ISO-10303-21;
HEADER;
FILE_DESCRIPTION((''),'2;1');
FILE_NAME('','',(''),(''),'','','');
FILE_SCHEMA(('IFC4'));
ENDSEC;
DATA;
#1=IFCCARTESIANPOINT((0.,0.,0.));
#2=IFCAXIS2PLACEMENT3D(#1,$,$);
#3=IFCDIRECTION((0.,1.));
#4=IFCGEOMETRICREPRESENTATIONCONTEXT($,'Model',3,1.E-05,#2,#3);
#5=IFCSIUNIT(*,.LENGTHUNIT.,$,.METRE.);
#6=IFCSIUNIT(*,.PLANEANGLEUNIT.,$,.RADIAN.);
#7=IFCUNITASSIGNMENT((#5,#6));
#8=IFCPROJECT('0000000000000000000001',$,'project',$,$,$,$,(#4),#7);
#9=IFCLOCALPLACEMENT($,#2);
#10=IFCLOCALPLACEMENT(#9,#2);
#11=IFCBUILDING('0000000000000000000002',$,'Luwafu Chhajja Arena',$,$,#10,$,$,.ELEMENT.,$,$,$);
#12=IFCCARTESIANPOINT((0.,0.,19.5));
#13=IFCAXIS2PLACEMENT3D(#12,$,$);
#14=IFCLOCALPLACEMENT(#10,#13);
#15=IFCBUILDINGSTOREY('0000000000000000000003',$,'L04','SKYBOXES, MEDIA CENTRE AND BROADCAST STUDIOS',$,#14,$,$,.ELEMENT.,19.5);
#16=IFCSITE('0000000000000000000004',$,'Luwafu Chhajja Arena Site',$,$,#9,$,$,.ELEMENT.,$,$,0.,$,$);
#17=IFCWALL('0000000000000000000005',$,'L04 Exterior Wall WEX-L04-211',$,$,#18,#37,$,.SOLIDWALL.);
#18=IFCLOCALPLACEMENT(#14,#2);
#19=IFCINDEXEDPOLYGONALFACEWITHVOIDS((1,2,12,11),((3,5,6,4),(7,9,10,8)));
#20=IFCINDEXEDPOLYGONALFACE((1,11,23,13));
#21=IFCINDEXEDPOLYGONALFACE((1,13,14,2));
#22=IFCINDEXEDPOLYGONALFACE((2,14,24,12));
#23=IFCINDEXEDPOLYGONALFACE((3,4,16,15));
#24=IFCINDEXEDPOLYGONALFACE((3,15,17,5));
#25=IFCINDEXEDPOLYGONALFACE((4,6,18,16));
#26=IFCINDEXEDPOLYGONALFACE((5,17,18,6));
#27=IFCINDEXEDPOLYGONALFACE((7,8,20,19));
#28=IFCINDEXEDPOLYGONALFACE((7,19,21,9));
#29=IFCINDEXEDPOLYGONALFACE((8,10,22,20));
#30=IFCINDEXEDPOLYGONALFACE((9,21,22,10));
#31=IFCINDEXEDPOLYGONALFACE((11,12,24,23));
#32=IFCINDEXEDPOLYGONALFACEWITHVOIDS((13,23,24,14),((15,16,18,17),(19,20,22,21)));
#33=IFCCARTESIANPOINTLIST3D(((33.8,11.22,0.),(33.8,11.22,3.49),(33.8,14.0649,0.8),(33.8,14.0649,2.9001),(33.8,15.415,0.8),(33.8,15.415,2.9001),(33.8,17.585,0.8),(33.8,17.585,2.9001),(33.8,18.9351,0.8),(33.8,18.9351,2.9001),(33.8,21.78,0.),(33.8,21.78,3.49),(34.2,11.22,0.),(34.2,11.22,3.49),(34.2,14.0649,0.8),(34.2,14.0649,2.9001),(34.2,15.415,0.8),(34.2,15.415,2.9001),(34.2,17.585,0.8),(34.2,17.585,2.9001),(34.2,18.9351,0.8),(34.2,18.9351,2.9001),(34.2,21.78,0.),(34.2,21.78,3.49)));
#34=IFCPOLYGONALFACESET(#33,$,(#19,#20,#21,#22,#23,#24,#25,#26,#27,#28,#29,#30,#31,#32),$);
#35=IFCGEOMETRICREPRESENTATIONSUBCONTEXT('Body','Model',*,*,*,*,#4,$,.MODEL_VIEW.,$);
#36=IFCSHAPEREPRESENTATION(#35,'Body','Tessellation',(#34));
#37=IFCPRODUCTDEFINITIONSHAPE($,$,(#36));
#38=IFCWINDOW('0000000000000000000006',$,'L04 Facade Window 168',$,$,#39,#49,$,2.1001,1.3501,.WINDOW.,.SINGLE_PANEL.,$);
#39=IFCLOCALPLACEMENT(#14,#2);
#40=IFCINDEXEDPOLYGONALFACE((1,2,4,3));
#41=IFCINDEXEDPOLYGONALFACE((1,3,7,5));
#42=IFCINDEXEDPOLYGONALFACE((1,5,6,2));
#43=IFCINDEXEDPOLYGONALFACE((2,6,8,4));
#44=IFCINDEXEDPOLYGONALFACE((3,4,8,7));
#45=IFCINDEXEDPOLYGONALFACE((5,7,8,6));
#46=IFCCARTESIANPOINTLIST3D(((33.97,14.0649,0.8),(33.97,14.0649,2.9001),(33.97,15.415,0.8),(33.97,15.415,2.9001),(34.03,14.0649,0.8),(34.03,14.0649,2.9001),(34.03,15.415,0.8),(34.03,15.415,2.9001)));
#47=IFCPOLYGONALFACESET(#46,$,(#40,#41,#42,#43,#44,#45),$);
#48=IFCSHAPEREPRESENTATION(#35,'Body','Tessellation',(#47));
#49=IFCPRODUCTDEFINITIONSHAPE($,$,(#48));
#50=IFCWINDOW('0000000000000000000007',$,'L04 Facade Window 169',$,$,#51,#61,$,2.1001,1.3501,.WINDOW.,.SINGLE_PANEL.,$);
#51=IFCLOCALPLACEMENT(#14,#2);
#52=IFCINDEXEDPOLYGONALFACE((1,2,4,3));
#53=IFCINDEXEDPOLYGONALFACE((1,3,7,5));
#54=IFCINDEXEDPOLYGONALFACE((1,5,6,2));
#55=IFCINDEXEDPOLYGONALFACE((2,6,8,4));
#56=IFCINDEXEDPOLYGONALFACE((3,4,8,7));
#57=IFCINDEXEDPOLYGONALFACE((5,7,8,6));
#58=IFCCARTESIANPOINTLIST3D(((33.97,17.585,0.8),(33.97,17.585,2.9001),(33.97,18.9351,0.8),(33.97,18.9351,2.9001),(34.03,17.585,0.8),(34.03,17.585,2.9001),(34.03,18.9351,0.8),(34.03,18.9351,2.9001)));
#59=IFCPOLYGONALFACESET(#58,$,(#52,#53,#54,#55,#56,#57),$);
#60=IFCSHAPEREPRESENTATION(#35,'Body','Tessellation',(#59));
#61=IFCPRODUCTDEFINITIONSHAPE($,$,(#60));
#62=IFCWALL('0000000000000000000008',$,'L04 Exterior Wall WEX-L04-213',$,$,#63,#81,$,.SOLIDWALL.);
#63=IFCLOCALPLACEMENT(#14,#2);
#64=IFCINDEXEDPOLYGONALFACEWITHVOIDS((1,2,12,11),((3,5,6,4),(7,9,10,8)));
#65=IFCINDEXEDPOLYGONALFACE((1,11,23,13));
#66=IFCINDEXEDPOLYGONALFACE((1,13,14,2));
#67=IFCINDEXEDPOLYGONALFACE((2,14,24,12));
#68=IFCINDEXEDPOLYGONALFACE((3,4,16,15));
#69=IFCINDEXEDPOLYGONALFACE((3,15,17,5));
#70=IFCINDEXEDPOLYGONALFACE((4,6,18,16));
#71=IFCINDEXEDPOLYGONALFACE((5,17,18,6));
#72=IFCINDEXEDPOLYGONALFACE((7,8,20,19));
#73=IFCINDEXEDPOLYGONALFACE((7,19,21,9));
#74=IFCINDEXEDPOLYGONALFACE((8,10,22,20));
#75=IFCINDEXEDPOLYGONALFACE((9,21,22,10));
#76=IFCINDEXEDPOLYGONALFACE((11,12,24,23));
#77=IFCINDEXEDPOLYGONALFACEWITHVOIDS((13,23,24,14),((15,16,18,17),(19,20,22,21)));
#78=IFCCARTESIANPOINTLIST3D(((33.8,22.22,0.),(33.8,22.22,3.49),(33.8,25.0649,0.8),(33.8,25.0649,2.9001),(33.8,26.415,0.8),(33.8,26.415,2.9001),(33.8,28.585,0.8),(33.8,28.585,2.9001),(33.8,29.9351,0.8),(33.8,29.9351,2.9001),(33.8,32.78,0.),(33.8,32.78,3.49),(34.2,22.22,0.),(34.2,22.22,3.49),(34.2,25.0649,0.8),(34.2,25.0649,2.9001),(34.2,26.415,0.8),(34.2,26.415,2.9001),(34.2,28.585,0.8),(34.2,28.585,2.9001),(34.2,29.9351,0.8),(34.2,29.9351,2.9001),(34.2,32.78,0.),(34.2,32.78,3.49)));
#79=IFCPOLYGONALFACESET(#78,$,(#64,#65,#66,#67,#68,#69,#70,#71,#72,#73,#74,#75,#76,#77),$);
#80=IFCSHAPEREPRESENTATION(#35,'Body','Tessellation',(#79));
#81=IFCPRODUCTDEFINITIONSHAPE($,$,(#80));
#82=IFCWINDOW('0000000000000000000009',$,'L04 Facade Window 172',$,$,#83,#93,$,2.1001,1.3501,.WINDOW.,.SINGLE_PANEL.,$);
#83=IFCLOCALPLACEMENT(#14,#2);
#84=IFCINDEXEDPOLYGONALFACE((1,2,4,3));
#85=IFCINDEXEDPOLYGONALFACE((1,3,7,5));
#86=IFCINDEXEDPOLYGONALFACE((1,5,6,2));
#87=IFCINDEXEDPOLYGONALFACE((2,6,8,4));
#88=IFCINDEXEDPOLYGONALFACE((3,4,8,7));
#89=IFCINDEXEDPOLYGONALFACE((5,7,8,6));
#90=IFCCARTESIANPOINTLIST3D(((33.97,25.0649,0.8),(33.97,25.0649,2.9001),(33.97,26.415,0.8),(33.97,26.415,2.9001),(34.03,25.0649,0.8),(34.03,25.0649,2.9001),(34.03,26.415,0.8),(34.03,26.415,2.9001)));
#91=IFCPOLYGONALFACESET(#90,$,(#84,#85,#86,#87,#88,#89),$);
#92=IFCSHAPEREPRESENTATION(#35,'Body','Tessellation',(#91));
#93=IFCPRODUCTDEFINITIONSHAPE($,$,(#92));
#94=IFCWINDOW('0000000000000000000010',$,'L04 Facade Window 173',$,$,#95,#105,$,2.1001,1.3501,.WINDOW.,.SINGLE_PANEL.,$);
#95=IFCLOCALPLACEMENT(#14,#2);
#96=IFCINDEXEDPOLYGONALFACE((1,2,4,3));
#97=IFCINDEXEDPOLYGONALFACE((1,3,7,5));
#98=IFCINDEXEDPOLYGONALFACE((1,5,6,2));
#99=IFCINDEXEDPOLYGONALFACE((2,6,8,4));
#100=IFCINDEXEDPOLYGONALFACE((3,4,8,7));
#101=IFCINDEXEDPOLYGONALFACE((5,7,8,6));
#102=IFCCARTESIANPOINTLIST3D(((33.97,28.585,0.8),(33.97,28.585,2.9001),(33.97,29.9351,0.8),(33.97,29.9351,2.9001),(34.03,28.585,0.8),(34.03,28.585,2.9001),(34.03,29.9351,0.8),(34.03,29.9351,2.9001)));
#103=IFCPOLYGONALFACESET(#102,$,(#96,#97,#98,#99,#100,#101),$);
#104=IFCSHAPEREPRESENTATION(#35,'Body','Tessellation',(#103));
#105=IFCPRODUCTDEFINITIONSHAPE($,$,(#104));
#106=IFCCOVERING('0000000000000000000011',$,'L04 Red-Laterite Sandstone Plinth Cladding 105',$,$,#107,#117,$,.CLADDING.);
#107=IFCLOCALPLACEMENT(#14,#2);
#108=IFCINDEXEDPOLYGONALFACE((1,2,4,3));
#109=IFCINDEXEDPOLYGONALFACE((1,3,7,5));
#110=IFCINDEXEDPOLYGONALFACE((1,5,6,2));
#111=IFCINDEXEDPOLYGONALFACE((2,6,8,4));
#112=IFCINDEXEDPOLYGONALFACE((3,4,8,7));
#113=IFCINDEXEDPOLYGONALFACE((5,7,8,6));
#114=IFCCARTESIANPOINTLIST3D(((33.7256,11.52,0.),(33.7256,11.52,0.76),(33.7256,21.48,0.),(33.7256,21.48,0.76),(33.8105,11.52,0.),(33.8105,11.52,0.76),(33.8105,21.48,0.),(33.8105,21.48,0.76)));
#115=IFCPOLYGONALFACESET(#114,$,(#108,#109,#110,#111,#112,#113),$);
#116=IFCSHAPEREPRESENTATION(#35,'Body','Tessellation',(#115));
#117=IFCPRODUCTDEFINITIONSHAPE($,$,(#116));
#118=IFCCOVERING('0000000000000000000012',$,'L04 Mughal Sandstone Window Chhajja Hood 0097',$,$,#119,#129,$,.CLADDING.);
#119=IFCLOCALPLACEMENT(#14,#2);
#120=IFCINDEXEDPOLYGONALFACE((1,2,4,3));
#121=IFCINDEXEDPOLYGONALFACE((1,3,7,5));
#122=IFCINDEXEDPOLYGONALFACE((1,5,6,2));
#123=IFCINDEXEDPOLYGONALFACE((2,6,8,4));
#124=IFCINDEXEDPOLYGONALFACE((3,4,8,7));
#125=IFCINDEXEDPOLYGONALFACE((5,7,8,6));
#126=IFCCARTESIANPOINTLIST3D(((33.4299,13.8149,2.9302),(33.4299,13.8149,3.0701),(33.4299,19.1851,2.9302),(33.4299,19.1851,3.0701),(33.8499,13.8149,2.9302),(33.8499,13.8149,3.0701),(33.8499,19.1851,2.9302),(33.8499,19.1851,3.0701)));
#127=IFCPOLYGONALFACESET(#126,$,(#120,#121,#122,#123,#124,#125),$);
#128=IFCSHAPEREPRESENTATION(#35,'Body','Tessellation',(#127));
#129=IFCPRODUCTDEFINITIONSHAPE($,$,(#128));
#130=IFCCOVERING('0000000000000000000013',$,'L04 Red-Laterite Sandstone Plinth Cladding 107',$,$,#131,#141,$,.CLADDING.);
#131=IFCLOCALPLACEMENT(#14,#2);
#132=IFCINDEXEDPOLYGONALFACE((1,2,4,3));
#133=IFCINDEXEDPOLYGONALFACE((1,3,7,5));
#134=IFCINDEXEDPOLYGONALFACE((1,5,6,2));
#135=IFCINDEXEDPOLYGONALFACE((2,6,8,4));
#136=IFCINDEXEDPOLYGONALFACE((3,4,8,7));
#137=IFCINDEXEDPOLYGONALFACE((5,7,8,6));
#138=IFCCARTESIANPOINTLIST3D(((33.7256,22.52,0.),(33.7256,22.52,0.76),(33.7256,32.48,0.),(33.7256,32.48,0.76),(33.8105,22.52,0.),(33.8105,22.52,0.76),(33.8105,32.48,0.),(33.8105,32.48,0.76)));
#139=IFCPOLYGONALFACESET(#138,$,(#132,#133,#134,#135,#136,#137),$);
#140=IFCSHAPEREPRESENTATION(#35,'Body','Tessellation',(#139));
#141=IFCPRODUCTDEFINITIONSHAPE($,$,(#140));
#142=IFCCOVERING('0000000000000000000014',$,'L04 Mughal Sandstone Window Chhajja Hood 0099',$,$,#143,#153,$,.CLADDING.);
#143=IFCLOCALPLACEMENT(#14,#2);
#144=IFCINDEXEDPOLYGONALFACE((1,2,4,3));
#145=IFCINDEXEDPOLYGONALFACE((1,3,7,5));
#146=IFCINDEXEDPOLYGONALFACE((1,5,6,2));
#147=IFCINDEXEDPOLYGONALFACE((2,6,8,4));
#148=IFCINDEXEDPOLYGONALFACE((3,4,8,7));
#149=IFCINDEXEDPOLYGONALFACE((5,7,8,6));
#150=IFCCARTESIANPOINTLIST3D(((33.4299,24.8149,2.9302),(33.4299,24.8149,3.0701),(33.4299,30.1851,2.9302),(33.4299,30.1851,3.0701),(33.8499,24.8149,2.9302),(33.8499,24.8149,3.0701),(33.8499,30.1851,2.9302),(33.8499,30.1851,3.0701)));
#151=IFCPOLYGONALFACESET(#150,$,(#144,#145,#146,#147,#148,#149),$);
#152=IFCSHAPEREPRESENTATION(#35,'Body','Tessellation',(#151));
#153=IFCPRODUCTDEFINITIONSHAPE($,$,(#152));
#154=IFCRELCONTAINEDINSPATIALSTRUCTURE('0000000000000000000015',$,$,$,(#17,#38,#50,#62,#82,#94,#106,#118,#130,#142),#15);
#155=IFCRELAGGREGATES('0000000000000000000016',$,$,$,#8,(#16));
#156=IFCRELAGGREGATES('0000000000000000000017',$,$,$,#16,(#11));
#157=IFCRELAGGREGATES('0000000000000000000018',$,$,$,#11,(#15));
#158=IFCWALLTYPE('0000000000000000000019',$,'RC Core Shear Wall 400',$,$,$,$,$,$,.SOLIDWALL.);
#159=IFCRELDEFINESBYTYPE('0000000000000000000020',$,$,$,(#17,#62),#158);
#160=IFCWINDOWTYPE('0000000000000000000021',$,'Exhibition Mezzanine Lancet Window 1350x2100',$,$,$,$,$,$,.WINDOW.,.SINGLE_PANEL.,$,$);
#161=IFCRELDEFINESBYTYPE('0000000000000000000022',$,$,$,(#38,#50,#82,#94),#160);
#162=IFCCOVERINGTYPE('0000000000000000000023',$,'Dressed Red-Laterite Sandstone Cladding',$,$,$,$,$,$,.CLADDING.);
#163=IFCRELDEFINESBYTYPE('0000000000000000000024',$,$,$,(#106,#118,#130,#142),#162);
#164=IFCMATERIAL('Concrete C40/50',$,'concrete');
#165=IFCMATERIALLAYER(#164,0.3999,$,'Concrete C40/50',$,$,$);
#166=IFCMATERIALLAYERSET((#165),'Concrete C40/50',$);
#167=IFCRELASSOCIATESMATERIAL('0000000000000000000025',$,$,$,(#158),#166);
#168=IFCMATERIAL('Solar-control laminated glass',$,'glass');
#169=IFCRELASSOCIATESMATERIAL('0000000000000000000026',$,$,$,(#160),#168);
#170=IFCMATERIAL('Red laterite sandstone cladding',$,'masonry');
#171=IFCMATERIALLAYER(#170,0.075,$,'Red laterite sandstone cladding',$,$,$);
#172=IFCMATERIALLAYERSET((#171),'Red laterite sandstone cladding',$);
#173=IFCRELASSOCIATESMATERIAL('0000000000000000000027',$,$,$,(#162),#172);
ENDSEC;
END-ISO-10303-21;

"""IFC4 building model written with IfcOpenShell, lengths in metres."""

from ifc_helpers import new_model, si_unit, direction, frame, frame_2d, origin, origin_2d, place, context, subcontext, project, spatial, rectangle, extrude, material, layer, layer_set, type_object, element, fill, save


model = new_model("IFC4")

# Units and contexts
model_context = context("Model", 3, precision=1e-05, world=origin(), true_north=direction((0.0, 1.0)))
body_context = subcontext(model_context, "Body", "Model", "MODEL_VIEW")
ifc_project = project(units=[si_unit("LENGTHUNIT", "METRE"), si_unit("PLANEANGLEUNIT", "RADIAN")], contexts=[model_context])

# Site, building, storey
site_placement = place(None, origin())
site = spatial("IfcSite", under=ifc_project, at=site_placement, Name="Luwafu Chhajja Arena Site", CompositionType="ELEMENT", RefElevation=0.0)
building_placement = place(site_placement, origin())
building = spatial("IfcBuilding", under=site, at=building_placement, Name="Luwafu Chhajja Arena", CompositionType="ELEMENT")
storey_placement = place(building_placement, frame((0.0, 0.0, 19.5)))
storey = spatial("IfcBuildingStorey", under=building, at=storey_placement, Name="L04", Description="SKYBOXES, MEDIA CENTRE AND BROADCAST STUDIOS", CompositionType="ELEMENT", Elevation=19.5)

# Shared definitions
ifc_material_1 = material(Name="Solar-control laminated glass", Category="glass")

# Walls, openings, windows
ifc_material_2 = material(Name="Concrete C40/50", Category="concrete")
ifc_layer_1 = layer(ifc_material_2, 0.3999, Name="Concrete C40/50")
ifc_layer_set_1 = layer_set([ifc_layer_1], Name="Concrete C40/50")
wall_type = type_object("IfcWallType", Name="RC Core Shear Wall 400", PredefinedType="SOLIDWALL", material=ifc_layer_set_1)
wall_1_placement = place(storey_placement, frame((34.0, 11.22, 0.0), z_axis=(0.0, 0.0, 1.0), x_axis=(0.0, 1.0, 0.0)))
wall_1 = element("IfcWall", 1, at=wall_1_placement, inside=storey, type_object=wall_type, Name="L04 Exterior Wall WEX-L04-211", PredefinedType="SOLIDWALL", context=body_context, shape_type="SweptSolid", body=[
    extrude(rectangle(XDim=10.5601, YDim=0.3999, at=frame_2d((5.28, 0.0))), origin(), (0.0, 0.0, 1.0), 3.49),
])
opening_1_placement = place(wall_1_placement, frame((2.845, 0.0, 0.8)))
opening_1 = element("IfcOpeningElement", 2, at=opening_1_placement, cuts=wall_1, PredefinedType="OPENING", context=body_context, shape_type="SweptSolid", body=[
    extrude(rectangle(XDim=1.3501, YDim=2.1001, at=frame_2d((0.675, 1.05))), frame((0.0, 0.21, 0.0), z_axis=(0.0, -1.0, 0.0), x_axis=(1.0, 0.0, 0.0)), (0.0, 0.0, 1.0), 0.4199),
])
opening_2_placement = place(wall_1_placement, frame((6.365, 0.0, 0.8)))
opening_2 = element("IfcOpeningElement", 3, at=opening_2_placement, cuts=wall_1, PredefinedType="OPENING", context=body_context, shape_type="SweptSolid", body=[
    extrude(rectangle(XDim=1.3501, YDim=2.1001, at=frame_2d((0.675, 1.05))), frame((0.0, 0.21, 0.0), z_axis=(0.0, -1.0, 0.0), x_axis=(1.0, 0.0, 0.0)), (0.0, 0.0, 1.0), 0.4199),
])
window_type_1 = type_object("IfcWindowType", Name="Exhibition Mezzanine Lancet Window 1350x2100", PartitioningType="SINGLE_PANEL", PredefinedType="WINDOW", material=ifc_material_1)
window_1_placement = place(opening_1_placement, origin())
window_1 = element("IfcWindow", 4, at=window_1_placement, inside=storey, type_object=window_type_1, Name="L04 Facade Window 168", OverallHeight=2.1001, OverallWidth=1.3501, PartitioningType="SINGLE_PANEL", PredefinedType="WINDOW", context=body_context, shape_type="SweptSolid", body=[
    extrude(rectangle(XDim=1.3501, YDim=2.1001, at=frame_2d((0.675, 1.05))), frame((0.0, 0.03, 0.0), z_axis=(0.0, -1.0, 0.0), x_axis=(1.0, 0.0, 0.0)), (0.0, 0.0, 1.0), 0.0601),
])
fill(opening_1, window_1)
window_2_placement = place(opening_2_placement, origin())
window_2 = element("IfcWindow", 5, at=window_2_placement, inside=storey, type_object=window_type_1, Name="L04 Facade Window 169", OverallHeight=2.1001, OverallWidth=1.3501, PartitioningType="SINGLE_PANEL", PredefinedType="WINDOW", context=body_context, shape_type="SweptSolid", body=[
    extrude(rectangle(XDim=1.3501, YDim=2.1001, at=frame_2d((0.675, 1.05))), frame((0.0, 0.03, 0.0), z_axis=(0.0, -1.0, 0.0), x_axis=(1.0, 0.0, 0.0)), (0.0, 0.0, 1.0), 0.0601),
])
fill(opening_2, window_2)
wall_2_placement = place(storey_placement, frame((34.0, 22.22, 0.0), z_axis=(0.0, 0.0, 1.0), x_axis=(0.0, 1.0, 0.0)))
wall_2 = element("IfcWall", 6, at=wall_2_placement, inside=storey, type_object=wall_type, Name="L04 Exterior Wall WEX-L04-213", PredefinedType="SOLIDWALL", context=body_context, shape_type="SweptSolid", body=[
    extrude(rectangle(XDim=10.5601, YDim=0.3999, at=frame_2d((5.28, 0.0))), origin(), (0.0, 0.0, 1.0), 3.49),
])
opening_3_placement = place(wall_2_placement, frame((2.845, 0.0, 0.8)))
opening_3 = element("IfcOpeningElement", 7, at=opening_3_placement, cuts=wall_2, PredefinedType="OPENING", context=body_context, shape_type="SweptSolid", body=[
    extrude(rectangle(XDim=1.3501, YDim=2.1001, at=frame_2d((0.675, 1.05))), frame((0.0, 0.21, 0.0), z_axis=(0.0, -1.0, 0.0), x_axis=(1.0, 0.0, 0.0)), (0.0, 0.0, 1.0), 0.4199),
])
opening_4_placement = place(wall_2_placement, frame((6.365, 0.0, 0.8)))
opening_4 = element("IfcOpeningElement", 8, at=opening_4_placement, cuts=wall_2, PredefinedType="OPENING", context=body_context, shape_type="SweptSolid", body=[
    extrude(rectangle(XDim=1.3501, YDim=2.1001, at=frame_2d((0.675, 1.05))), frame((0.0, 0.21, 0.0), z_axis=(0.0, -1.0, 0.0), x_axis=(1.0, 0.0, 0.0)), (0.0, 0.0, 1.0), 0.4199),
])
window_3_placement = place(opening_3_placement, origin())
window_3 = element("IfcWindow", 9, at=window_3_placement, inside=storey, type_object=window_type_1, Name="L04 Facade Window 172", OverallHeight=2.1001, OverallWidth=1.3501, PartitioningType="SINGLE_PANEL", PredefinedType="WINDOW", context=body_context, shape_type="SweptSolid", body=[
    extrude(rectangle(XDim=1.3501, YDim=2.1001, at=frame_2d((0.675, 1.05))), frame((0.0, 0.03, 0.0), z_axis=(0.0, -1.0, 0.0), x_axis=(1.0, 0.0, 0.0)), (0.0, 0.0, 1.0), 0.0601),
])
fill(opening_3, window_3)
window_4_placement = place(opening_4_placement, origin())
window_4 = element("IfcWindow", 10, at=window_4_placement, inside=storey, type_object=window_type_1, Name="L04 Facade Window 173", OverallHeight=2.1001, OverallWidth=1.3501, PartitioningType="SINGLE_PANEL", PredefinedType="WINDOW", context=body_context, shape_type="SweptSolid", body=[
    extrude(rectangle(XDim=1.3501, YDim=2.1001, at=frame_2d((0.675, 1.05))), frame((0.0, 0.03, 0.0), z_axis=(0.0, -1.0, 0.0), x_axis=(1.0, 0.0, 0.0)), (0.0, 0.0, 1.0), 0.0601),
])
fill(opening_4, window_4)

# Coverings
ifc_material_3 = material(Name="Red laterite sandstone cladding", Category="masonry")
ifc_layer_2 = layer(ifc_material_3, 0.075, Name="Red laterite sandstone cladding")
ifc_layer_set_2 = layer_set([ifc_layer_2], Name="Red laterite sandstone cladding")
covering_type = type_object("IfcCoveringType", Name="Dressed Red-Laterite Sandstone Cladding", PredefinedType="CLADDING", material=ifc_layer_set_2)
covering_1_placement = place(storey_placement, frame((33.7681, 16.5, 0.0), z_axis=(0.0, 0.0, 1.0), x_axis=(0.0, 1.0, 0.0)))
element("IfcCovering", 11, at=covering_1_placement, inside=storey, type_object=covering_type, Name="L04 Red-Laterite Sandstone Plinth Cladding 105", PredefinedType="CLADDING", context=body_context, shape_type="SweptSolid", body=[
    extrude(rectangle(XDim=9.96, YDim=0.085, at=origin_2d()), origin(), (0.0, 0.0, 1.0), 0.76),
])
covering_2_placement = place(storey_placement, frame((33.6399, 16.5, 2.9302), z_axis=(0.0, 0.0, 1.0), x_axis=(0.0, 1.0, 0.0)))
element("IfcCovering", 12, at=covering_2_placement, inside=storey, type_object=covering_type, Name="L04 Mughal Sandstone Window Chhajja Hood 0097", PredefinedType="CLADDING", context=body_context, shape_type="SweptSolid", body=[
    extrude(rectangle(XDim=5.3701, YDim=0.4199, at=origin_2d()), origin(), (0.0, 0.0, 1.0), 0.1399),
])
covering_3_placement = place(storey_placement, frame((33.7681, 27.5, 0.0), z_axis=(0.0, 0.0, 1.0), x_axis=(0.0, 1.0, 0.0)))
element("IfcCovering", 13, at=covering_3_placement, inside=storey, type_object=covering_type, Name="L04 Red-Laterite Sandstone Plinth Cladding 107", PredefinedType="CLADDING", context=body_context, shape_type="SweptSolid", body=[
    extrude(rectangle(XDim=9.96, YDim=0.085, at=origin_2d()), origin(), (0.0, 0.0, 1.0), 0.76),
])
covering_4_placement = place(storey_placement, frame((33.6399, 27.5, 2.9302), z_axis=(0.0, 0.0, 1.0), x_axis=(0.0, 1.0, 0.0)))
element("IfcCovering", 14, at=covering_4_placement, inside=storey, type_object=covering_type, Name="L04 Mughal Sandstone Window Chhajja Hood 0099", PredefinedType="CLADDING", context=body_context, shape_type="SweptSolid", body=[
    extrude(rectangle(XDim=5.3701, YDim=0.4199, at=origin_2d()), origin(), (0.0, 0.0, 1.0), 0.1399),
])

save(model, "model.ifc")
